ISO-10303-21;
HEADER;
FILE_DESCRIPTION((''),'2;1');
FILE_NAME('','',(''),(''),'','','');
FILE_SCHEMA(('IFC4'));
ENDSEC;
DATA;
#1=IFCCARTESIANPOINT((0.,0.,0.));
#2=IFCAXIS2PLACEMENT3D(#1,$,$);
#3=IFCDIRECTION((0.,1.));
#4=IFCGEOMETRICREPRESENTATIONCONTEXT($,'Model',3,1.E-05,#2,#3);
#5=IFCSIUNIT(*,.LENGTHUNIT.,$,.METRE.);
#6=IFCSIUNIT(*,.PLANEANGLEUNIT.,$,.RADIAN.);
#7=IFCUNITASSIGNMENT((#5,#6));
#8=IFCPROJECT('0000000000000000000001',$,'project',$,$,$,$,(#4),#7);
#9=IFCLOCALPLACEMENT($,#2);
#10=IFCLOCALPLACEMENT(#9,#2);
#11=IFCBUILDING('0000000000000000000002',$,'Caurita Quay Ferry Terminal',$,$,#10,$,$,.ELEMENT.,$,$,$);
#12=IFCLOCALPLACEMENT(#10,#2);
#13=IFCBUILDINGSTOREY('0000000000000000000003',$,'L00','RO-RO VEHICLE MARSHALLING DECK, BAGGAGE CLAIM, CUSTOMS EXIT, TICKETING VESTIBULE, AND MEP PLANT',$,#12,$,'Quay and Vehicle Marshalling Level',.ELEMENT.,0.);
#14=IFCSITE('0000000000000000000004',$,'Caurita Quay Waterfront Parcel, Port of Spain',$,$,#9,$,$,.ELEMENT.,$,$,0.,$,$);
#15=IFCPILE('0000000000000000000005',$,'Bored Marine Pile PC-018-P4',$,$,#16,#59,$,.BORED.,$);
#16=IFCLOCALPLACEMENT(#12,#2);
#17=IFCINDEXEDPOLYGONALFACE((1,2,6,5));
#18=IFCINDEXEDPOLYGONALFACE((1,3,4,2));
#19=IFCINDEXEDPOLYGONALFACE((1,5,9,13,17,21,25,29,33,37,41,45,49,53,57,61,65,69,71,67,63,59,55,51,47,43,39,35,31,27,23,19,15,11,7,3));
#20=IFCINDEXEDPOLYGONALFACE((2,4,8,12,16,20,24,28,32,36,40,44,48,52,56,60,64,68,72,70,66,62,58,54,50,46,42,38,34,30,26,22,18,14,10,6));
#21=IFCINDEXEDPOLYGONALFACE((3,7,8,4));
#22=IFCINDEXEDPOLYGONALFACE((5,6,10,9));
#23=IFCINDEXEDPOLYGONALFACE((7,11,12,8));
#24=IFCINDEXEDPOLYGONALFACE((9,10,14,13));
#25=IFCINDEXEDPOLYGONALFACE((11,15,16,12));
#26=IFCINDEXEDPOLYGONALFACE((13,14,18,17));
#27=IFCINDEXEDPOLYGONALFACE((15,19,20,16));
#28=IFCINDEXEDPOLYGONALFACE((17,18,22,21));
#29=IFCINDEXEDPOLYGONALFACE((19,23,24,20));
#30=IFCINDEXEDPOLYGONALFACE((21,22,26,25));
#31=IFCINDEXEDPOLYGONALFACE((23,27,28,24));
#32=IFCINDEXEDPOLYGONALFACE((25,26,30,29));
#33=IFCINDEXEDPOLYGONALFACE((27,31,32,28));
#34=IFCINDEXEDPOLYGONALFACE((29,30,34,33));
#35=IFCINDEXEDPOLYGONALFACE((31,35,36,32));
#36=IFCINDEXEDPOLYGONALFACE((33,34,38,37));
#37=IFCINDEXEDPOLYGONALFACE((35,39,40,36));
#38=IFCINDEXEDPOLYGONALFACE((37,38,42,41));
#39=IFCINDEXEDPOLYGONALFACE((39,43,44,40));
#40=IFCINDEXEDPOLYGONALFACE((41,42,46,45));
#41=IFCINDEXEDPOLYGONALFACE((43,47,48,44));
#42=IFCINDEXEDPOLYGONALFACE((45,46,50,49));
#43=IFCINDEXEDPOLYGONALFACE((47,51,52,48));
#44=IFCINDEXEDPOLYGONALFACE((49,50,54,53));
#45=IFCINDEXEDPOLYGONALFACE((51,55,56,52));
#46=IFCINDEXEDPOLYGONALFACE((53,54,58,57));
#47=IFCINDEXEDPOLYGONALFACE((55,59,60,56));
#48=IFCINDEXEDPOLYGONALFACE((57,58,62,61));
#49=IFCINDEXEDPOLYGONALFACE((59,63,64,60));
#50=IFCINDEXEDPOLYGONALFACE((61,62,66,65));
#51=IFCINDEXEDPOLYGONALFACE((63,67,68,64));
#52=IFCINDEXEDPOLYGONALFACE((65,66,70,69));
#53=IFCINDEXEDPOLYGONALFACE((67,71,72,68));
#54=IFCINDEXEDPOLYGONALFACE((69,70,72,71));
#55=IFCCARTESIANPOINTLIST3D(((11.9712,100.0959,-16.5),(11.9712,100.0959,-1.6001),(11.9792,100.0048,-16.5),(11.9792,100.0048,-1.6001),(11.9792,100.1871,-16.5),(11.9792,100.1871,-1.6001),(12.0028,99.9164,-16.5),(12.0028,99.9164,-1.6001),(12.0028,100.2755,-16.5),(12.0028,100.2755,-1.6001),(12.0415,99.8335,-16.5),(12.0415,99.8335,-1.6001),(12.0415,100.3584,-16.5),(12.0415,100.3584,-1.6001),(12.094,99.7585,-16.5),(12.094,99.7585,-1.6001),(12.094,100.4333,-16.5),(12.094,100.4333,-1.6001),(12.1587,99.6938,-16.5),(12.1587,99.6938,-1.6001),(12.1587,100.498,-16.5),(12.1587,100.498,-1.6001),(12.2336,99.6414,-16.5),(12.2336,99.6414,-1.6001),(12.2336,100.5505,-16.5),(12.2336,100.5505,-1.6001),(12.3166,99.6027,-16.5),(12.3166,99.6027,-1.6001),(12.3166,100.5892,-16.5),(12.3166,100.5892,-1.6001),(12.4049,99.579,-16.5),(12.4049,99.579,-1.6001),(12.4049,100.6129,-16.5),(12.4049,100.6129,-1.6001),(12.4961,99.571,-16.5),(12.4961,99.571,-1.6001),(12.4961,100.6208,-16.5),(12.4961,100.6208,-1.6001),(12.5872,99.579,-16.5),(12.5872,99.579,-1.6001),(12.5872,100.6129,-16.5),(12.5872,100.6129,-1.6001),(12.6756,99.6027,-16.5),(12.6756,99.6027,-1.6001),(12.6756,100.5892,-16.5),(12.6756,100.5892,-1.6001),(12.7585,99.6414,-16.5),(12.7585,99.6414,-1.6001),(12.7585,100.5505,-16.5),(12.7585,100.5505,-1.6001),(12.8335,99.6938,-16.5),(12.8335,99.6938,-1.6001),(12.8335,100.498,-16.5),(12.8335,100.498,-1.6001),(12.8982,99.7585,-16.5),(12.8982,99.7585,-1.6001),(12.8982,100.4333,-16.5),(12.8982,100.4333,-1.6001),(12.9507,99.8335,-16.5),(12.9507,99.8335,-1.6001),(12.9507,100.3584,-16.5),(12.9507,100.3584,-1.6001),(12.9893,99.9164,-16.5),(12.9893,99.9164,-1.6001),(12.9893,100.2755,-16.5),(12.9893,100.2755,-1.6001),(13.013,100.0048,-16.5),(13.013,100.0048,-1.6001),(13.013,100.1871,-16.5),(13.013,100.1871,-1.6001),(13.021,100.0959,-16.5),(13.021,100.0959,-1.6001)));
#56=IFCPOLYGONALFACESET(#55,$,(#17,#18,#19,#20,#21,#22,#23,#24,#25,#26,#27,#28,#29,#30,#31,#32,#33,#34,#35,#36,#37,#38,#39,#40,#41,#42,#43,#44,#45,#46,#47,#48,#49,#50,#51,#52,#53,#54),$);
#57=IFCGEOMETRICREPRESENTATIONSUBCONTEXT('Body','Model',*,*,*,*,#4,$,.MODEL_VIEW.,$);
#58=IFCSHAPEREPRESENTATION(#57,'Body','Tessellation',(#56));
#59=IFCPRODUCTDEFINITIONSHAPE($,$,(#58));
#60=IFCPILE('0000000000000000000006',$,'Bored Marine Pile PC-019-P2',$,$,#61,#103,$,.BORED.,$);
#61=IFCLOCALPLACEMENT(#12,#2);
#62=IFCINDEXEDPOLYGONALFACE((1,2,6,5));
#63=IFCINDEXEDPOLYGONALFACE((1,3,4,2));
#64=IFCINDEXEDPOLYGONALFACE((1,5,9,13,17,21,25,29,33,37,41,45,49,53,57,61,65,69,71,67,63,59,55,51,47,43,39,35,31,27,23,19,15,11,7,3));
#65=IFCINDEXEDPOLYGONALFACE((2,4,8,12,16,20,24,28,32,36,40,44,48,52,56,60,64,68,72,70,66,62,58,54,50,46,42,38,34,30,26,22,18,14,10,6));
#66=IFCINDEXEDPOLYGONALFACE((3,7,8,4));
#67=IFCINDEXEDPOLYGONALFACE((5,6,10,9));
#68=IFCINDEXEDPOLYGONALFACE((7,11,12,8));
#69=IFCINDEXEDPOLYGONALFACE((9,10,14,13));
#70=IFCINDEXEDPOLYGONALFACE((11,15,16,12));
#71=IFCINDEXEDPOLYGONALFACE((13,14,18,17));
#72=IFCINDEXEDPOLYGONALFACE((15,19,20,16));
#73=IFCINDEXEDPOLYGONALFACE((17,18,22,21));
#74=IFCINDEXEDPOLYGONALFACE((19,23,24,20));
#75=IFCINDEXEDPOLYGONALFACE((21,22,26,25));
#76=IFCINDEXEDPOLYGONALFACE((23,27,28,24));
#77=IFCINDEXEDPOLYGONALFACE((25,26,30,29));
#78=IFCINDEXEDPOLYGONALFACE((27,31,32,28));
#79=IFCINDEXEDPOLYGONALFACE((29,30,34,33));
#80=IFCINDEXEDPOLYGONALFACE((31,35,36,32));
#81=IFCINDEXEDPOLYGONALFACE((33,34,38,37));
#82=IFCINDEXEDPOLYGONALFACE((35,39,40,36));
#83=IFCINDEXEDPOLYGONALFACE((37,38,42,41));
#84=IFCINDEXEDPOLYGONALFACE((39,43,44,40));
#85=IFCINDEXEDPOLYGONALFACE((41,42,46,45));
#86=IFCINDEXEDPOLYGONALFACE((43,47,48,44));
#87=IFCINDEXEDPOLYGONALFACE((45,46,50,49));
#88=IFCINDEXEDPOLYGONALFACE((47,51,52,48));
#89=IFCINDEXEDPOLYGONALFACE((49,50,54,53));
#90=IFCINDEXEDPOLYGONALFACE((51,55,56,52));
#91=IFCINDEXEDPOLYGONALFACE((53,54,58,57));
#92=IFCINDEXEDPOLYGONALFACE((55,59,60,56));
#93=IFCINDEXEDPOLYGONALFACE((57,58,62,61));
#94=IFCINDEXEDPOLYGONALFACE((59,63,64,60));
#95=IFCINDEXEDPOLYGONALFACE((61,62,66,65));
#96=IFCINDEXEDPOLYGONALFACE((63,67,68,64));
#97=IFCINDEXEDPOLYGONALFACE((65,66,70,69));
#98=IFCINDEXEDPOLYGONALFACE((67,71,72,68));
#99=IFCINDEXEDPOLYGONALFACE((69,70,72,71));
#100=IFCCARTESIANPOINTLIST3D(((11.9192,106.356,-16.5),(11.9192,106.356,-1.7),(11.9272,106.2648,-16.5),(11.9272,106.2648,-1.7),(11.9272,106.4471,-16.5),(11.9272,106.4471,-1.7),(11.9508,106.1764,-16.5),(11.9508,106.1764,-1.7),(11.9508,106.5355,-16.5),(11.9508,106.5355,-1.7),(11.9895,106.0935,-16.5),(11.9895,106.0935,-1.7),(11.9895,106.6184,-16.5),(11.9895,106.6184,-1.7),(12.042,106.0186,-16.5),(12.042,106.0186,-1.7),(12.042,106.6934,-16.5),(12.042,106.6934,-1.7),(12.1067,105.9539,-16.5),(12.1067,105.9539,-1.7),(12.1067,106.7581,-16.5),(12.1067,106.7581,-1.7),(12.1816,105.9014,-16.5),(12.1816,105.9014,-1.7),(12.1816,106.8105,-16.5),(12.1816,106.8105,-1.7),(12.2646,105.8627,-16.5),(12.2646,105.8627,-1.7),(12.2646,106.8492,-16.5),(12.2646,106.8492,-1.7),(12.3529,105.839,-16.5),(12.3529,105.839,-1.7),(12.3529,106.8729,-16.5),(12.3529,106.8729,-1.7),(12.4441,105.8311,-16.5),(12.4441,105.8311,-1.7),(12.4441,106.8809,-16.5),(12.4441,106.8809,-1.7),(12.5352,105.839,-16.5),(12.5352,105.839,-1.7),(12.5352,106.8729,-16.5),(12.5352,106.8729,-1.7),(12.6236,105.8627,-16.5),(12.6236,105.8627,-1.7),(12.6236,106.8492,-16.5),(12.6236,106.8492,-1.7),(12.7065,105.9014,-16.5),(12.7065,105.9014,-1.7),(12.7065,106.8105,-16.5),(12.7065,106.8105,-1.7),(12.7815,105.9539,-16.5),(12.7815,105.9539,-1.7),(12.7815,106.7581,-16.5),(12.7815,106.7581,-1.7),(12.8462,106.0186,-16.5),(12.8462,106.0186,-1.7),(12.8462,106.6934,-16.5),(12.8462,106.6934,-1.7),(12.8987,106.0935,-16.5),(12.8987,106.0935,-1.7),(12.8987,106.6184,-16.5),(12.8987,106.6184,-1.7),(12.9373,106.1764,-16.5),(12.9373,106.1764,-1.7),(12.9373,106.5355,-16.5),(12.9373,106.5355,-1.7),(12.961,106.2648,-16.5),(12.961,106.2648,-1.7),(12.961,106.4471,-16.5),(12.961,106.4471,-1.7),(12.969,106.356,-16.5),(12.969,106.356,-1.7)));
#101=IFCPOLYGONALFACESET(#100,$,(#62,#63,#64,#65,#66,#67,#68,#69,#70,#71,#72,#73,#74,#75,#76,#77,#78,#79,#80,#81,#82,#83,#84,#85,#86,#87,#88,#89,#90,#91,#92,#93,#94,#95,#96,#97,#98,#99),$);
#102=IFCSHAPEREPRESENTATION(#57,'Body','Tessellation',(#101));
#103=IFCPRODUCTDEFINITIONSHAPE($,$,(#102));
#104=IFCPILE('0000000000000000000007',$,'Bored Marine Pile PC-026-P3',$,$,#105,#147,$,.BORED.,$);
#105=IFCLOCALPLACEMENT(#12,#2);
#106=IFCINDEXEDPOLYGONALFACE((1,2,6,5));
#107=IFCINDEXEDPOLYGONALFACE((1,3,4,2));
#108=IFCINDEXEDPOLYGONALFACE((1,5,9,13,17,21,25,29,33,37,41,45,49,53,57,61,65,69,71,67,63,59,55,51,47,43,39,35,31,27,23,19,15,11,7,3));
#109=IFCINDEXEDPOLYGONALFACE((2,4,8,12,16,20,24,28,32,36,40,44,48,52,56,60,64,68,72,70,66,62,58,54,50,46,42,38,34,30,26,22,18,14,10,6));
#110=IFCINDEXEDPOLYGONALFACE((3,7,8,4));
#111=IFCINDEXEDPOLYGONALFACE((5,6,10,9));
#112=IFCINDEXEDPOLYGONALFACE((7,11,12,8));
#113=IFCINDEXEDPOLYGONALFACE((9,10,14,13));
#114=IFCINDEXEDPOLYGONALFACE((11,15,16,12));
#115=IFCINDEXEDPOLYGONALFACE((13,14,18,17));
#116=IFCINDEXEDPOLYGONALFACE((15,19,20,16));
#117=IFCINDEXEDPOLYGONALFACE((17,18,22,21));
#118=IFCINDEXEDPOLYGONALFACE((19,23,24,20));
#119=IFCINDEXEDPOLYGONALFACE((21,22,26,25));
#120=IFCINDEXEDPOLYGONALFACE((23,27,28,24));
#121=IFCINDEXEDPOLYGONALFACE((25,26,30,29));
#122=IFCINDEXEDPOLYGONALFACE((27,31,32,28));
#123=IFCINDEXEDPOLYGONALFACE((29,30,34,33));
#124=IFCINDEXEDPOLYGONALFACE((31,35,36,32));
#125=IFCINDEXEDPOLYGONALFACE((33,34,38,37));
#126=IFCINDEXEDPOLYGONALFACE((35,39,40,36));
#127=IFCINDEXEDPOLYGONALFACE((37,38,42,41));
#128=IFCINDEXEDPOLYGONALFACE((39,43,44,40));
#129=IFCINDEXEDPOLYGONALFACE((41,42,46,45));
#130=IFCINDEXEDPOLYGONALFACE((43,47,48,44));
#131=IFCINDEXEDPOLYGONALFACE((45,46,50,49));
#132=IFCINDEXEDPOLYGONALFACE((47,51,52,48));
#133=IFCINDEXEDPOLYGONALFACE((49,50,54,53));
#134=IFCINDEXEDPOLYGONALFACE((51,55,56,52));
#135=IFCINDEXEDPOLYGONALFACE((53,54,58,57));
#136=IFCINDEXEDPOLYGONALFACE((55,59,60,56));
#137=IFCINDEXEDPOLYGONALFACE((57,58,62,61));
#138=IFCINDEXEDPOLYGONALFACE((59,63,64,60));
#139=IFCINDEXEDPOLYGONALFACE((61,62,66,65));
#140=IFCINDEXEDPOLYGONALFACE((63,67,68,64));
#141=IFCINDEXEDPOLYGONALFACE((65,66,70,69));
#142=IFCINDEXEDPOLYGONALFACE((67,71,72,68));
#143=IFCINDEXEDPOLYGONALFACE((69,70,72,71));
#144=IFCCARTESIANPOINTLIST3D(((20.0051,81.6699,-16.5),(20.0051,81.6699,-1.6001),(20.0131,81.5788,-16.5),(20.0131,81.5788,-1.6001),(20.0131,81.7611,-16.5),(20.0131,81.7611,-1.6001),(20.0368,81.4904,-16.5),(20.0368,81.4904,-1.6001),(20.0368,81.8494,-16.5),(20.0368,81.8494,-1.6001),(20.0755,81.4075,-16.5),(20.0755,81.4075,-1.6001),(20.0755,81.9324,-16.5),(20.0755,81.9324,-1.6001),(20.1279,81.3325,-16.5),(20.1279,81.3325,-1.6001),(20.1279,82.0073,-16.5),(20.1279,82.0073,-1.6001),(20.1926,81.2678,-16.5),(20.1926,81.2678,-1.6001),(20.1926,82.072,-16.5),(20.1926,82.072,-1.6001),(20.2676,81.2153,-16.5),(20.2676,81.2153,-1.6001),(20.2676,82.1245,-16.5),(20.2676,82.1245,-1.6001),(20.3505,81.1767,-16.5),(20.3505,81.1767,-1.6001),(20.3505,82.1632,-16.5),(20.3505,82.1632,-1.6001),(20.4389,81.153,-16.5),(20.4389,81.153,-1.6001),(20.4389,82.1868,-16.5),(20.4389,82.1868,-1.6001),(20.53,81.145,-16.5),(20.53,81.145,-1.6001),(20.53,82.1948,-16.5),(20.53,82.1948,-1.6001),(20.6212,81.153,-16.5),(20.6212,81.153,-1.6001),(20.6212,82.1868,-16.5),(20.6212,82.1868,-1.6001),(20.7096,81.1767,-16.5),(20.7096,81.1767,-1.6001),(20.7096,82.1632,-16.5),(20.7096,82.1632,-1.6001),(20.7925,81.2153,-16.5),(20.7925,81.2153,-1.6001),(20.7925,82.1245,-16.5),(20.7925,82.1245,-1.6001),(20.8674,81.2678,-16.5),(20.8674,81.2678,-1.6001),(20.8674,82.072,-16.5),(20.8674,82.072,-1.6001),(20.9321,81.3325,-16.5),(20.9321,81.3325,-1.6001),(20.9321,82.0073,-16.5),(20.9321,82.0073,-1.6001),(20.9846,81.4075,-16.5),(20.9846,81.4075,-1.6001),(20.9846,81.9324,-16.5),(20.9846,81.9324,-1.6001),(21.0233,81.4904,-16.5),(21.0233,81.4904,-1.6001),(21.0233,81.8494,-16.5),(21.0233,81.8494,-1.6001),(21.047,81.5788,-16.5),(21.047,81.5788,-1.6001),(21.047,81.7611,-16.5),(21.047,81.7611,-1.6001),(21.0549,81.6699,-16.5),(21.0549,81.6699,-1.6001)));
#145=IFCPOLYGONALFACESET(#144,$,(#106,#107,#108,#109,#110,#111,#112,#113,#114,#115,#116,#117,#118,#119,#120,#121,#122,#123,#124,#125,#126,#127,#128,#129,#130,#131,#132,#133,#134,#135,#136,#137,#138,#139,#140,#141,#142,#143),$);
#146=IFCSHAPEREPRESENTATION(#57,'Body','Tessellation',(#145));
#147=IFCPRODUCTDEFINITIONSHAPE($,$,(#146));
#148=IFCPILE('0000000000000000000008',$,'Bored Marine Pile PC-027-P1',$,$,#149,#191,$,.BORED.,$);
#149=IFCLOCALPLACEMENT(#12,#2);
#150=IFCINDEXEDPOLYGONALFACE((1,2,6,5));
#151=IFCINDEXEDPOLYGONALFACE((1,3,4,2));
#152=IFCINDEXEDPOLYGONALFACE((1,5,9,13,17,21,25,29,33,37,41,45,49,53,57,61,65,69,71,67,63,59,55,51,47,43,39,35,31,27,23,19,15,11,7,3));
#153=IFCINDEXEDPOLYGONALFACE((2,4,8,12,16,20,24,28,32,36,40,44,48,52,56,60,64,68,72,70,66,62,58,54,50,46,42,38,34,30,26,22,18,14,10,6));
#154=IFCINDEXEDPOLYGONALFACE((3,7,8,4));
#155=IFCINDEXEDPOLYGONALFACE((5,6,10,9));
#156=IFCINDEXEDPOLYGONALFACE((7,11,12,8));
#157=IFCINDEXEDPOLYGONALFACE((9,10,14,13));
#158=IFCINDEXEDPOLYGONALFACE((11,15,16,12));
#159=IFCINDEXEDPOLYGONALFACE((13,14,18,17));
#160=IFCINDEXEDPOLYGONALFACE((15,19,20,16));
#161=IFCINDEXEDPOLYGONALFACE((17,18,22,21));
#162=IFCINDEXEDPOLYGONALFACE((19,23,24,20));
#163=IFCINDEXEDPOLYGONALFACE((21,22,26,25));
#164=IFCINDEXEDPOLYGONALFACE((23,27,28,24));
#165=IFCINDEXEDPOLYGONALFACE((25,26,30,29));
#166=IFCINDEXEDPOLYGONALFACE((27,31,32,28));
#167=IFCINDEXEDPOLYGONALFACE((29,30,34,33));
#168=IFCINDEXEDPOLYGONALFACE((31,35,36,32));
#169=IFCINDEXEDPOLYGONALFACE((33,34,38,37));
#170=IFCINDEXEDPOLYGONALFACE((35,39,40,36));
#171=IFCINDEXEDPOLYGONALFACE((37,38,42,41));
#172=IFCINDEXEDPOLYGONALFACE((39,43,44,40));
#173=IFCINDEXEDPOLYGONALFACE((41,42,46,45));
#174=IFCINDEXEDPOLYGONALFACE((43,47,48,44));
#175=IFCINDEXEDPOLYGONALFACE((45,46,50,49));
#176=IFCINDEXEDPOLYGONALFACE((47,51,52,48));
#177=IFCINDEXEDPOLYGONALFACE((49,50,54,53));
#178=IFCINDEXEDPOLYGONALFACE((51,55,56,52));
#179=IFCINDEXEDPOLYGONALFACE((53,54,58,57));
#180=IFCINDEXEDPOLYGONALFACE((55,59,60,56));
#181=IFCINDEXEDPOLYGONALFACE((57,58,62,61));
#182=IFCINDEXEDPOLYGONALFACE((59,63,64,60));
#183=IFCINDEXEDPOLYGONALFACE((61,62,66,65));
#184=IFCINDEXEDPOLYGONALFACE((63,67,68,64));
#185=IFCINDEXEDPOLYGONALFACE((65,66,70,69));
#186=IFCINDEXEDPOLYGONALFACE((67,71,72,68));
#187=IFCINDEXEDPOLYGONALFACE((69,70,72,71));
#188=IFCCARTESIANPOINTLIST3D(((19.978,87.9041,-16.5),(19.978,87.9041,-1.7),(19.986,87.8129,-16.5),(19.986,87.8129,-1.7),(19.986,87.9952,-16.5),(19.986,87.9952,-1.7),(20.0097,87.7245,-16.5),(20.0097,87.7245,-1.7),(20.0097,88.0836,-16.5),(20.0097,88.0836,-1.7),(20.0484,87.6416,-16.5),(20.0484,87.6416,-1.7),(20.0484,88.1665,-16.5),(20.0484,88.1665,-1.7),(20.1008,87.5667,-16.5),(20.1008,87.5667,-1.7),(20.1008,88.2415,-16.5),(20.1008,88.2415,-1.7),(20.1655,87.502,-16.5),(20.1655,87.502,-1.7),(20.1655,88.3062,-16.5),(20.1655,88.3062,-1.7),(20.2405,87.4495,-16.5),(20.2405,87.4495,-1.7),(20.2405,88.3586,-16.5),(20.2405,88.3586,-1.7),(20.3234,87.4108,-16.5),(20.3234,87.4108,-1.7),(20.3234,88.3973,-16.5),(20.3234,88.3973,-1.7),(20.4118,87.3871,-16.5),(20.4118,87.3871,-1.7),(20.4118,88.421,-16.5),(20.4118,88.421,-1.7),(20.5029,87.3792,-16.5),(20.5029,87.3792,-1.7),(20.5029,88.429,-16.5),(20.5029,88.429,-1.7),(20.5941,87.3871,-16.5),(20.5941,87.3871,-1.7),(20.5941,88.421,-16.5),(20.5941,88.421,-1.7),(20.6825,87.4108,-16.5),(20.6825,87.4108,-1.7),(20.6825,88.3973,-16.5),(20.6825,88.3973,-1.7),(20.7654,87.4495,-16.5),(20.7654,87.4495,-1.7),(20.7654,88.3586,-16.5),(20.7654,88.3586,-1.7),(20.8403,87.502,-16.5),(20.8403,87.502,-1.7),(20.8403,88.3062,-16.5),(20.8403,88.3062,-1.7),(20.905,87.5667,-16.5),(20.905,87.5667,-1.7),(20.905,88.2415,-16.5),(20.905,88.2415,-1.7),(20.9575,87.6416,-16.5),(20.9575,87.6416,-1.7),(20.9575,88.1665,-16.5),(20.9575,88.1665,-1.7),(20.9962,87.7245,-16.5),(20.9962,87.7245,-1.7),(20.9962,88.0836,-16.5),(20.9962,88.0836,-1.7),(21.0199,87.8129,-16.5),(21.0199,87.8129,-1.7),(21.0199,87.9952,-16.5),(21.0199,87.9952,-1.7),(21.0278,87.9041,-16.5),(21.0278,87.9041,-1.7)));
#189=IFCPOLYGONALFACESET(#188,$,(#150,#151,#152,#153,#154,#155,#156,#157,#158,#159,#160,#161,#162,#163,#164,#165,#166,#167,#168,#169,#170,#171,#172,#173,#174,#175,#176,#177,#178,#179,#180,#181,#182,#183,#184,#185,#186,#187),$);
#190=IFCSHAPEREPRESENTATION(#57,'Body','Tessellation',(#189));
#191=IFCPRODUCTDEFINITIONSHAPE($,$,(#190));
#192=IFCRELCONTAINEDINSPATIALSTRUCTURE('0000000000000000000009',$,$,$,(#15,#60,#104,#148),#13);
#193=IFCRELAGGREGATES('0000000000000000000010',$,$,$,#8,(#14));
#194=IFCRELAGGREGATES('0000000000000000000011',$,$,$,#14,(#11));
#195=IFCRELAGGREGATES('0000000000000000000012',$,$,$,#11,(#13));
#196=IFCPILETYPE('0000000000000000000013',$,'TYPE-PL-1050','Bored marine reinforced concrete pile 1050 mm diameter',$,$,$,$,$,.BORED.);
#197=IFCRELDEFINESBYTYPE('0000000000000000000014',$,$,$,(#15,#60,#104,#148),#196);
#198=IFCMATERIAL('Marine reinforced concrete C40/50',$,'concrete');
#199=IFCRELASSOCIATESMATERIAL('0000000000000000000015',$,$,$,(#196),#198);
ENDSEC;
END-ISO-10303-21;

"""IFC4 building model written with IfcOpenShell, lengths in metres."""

from ifc_helpers import new_model, si_unit, direction, frame, origin, origin_2d, place, context, subcontext, project, spatial, circle, extrude, material, material_profile, profile_set, type_object, element, save


model = new_model("IFC4")

# Units and contexts
model_context = context("Model", 3, precision=1e-05, world=origin(), true_north=direction((0.0, 1.0)))
body_context = subcontext(model_context, "Body", "Model", "MODEL_VIEW")
ifc_project = project(units=[si_unit("LENGTHUNIT", "METRE"), si_unit("PLANEANGLEUNIT", "RADIAN")], contexts=[model_context])

# Site, building, storey
site_placement = place(None, origin())
site = spatial("IfcSite", under=ifc_project, at=site_placement, Name="Caurita Quay Waterfront Parcel, Port of Spain", CompositionType="ELEMENT", RefElevation=0.0)
building_placement = place(site_placement, origin())
building = spatial("IfcBuilding", under=site, at=building_placement, Name="Caurita Quay Ferry Terminal", CompositionType="ELEMENT")
storey_placement = place(building_placement, origin())
storey = spatial("IfcBuildingStorey", under=building, at=storey_placement, Name="L00", Description="RO-RO VEHICLE MARSHALLING DECK, BAGGAGE CLAIM, CUSTOMS EXIT, TICKETING VESTIBULE, AND MEP PLANT", LongName="Quay and Vehicle Marshalling Level", CompositionType="ELEMENT", Elevation=0.0)

# Piles
ifc_material_1 = material(Name="Marine reinforced concrete C40/50", Category="concrete")
ifc_material_profile_1 = material_profile(ifc_material_1, circle(Radius=0.5249, at=origin_2d()), Name="PILE-D1050")
ifc_profile_set_1 = profile_set([ifc_material_profile_1], Name="Marine reinforced concrete C40/50")
pile_type = type_object("IfcPileType", Name="TYPE-PL-1050", Description="Bored marine reinforced concrete pile 1050 mm diameter", PredefinedType="BORED", material=ifc_profile_set_1)
for number, where, z_axis, x_axis, name in (
    (1, (12.4961, 100.0959, -1.6001), (0.0, 0.0, -1.0), (1.0, 0.0, 0.0), "Bored Marine Pile PC-018-P4"),
):
    element("IfcPile", number, at=place(storey_placement, frame(where, z_axis=z_axis, x_axis=x_axis)), inside=storey, type_object=pile_type, Name=name, PredefinedType="BORED", context=body_context, shape_type="SweptSolid", body=[
        extrude(circle(Radius=0.5249, at=origin_2d()), origin(), (0.0, 0.0, 1.0), 14.8999),
    ])
pile_1_placement = place(storey_placement, frame((12.4441, 106.356, -1.7), z_axis=(0.0, 0.0, -1.0), x_axis=(1.0, 0.0, 0.0)))
element("IfcPile", 2, at=pile_1_placement, inside=storey, type_object=pile_type, Name="Bored Marine Pile PC-019-P2", PredefinedType="BORED", context=body_context, shape_type="SweptSolid", body=[
    extrude(circle(Radius=0.5249, at=origin_2d()), origin(), (0.0, 0.0, 1.0), 14.8),
])
pile_2_placement = place(storey_placement, frame((20.53, 81.6699, -1.6001), z_axis=(0.0, 0.0, -1.0), x_axis=(1.0, 0.0, 0.0)))
element("IfcPile", 3, at=pile_2_placement, inside=storey, type_object=pile_type, Name="Bored Marine Pile PC-026-P3", PredefinedType="BORED", context=body_context, shape_type="SweptSolid", body=[
    extrude(circle(Radius=0.5249, at=origin_2d()), origin(), (0.0, 0.0, 1.0), 14.8999),
])
for number, where, z_axis, x_axis, name in (
    (4, (20.5029, 87.9041, -1.7), (0.0, 0.0, -1.0), (1.0, 0.0, 0.0), "Bored Marine Pile PC-027-P1"),
):
    element("IfcPile", number, at=place(storey_placement, frame(where, z_axis=z_axis, x_axis=x_axis)), inside=storey, type_object=pile_type, Name=name, PredefinedType="BORED", context=body_context, shape_type="SweptSolid", body=[
        extrude(circle(Radius=0.5249, at=origin_2d()), origin(), (0.0, 0.0, 1.0), 14.8),
    ])

save(model, "model.ifc")
